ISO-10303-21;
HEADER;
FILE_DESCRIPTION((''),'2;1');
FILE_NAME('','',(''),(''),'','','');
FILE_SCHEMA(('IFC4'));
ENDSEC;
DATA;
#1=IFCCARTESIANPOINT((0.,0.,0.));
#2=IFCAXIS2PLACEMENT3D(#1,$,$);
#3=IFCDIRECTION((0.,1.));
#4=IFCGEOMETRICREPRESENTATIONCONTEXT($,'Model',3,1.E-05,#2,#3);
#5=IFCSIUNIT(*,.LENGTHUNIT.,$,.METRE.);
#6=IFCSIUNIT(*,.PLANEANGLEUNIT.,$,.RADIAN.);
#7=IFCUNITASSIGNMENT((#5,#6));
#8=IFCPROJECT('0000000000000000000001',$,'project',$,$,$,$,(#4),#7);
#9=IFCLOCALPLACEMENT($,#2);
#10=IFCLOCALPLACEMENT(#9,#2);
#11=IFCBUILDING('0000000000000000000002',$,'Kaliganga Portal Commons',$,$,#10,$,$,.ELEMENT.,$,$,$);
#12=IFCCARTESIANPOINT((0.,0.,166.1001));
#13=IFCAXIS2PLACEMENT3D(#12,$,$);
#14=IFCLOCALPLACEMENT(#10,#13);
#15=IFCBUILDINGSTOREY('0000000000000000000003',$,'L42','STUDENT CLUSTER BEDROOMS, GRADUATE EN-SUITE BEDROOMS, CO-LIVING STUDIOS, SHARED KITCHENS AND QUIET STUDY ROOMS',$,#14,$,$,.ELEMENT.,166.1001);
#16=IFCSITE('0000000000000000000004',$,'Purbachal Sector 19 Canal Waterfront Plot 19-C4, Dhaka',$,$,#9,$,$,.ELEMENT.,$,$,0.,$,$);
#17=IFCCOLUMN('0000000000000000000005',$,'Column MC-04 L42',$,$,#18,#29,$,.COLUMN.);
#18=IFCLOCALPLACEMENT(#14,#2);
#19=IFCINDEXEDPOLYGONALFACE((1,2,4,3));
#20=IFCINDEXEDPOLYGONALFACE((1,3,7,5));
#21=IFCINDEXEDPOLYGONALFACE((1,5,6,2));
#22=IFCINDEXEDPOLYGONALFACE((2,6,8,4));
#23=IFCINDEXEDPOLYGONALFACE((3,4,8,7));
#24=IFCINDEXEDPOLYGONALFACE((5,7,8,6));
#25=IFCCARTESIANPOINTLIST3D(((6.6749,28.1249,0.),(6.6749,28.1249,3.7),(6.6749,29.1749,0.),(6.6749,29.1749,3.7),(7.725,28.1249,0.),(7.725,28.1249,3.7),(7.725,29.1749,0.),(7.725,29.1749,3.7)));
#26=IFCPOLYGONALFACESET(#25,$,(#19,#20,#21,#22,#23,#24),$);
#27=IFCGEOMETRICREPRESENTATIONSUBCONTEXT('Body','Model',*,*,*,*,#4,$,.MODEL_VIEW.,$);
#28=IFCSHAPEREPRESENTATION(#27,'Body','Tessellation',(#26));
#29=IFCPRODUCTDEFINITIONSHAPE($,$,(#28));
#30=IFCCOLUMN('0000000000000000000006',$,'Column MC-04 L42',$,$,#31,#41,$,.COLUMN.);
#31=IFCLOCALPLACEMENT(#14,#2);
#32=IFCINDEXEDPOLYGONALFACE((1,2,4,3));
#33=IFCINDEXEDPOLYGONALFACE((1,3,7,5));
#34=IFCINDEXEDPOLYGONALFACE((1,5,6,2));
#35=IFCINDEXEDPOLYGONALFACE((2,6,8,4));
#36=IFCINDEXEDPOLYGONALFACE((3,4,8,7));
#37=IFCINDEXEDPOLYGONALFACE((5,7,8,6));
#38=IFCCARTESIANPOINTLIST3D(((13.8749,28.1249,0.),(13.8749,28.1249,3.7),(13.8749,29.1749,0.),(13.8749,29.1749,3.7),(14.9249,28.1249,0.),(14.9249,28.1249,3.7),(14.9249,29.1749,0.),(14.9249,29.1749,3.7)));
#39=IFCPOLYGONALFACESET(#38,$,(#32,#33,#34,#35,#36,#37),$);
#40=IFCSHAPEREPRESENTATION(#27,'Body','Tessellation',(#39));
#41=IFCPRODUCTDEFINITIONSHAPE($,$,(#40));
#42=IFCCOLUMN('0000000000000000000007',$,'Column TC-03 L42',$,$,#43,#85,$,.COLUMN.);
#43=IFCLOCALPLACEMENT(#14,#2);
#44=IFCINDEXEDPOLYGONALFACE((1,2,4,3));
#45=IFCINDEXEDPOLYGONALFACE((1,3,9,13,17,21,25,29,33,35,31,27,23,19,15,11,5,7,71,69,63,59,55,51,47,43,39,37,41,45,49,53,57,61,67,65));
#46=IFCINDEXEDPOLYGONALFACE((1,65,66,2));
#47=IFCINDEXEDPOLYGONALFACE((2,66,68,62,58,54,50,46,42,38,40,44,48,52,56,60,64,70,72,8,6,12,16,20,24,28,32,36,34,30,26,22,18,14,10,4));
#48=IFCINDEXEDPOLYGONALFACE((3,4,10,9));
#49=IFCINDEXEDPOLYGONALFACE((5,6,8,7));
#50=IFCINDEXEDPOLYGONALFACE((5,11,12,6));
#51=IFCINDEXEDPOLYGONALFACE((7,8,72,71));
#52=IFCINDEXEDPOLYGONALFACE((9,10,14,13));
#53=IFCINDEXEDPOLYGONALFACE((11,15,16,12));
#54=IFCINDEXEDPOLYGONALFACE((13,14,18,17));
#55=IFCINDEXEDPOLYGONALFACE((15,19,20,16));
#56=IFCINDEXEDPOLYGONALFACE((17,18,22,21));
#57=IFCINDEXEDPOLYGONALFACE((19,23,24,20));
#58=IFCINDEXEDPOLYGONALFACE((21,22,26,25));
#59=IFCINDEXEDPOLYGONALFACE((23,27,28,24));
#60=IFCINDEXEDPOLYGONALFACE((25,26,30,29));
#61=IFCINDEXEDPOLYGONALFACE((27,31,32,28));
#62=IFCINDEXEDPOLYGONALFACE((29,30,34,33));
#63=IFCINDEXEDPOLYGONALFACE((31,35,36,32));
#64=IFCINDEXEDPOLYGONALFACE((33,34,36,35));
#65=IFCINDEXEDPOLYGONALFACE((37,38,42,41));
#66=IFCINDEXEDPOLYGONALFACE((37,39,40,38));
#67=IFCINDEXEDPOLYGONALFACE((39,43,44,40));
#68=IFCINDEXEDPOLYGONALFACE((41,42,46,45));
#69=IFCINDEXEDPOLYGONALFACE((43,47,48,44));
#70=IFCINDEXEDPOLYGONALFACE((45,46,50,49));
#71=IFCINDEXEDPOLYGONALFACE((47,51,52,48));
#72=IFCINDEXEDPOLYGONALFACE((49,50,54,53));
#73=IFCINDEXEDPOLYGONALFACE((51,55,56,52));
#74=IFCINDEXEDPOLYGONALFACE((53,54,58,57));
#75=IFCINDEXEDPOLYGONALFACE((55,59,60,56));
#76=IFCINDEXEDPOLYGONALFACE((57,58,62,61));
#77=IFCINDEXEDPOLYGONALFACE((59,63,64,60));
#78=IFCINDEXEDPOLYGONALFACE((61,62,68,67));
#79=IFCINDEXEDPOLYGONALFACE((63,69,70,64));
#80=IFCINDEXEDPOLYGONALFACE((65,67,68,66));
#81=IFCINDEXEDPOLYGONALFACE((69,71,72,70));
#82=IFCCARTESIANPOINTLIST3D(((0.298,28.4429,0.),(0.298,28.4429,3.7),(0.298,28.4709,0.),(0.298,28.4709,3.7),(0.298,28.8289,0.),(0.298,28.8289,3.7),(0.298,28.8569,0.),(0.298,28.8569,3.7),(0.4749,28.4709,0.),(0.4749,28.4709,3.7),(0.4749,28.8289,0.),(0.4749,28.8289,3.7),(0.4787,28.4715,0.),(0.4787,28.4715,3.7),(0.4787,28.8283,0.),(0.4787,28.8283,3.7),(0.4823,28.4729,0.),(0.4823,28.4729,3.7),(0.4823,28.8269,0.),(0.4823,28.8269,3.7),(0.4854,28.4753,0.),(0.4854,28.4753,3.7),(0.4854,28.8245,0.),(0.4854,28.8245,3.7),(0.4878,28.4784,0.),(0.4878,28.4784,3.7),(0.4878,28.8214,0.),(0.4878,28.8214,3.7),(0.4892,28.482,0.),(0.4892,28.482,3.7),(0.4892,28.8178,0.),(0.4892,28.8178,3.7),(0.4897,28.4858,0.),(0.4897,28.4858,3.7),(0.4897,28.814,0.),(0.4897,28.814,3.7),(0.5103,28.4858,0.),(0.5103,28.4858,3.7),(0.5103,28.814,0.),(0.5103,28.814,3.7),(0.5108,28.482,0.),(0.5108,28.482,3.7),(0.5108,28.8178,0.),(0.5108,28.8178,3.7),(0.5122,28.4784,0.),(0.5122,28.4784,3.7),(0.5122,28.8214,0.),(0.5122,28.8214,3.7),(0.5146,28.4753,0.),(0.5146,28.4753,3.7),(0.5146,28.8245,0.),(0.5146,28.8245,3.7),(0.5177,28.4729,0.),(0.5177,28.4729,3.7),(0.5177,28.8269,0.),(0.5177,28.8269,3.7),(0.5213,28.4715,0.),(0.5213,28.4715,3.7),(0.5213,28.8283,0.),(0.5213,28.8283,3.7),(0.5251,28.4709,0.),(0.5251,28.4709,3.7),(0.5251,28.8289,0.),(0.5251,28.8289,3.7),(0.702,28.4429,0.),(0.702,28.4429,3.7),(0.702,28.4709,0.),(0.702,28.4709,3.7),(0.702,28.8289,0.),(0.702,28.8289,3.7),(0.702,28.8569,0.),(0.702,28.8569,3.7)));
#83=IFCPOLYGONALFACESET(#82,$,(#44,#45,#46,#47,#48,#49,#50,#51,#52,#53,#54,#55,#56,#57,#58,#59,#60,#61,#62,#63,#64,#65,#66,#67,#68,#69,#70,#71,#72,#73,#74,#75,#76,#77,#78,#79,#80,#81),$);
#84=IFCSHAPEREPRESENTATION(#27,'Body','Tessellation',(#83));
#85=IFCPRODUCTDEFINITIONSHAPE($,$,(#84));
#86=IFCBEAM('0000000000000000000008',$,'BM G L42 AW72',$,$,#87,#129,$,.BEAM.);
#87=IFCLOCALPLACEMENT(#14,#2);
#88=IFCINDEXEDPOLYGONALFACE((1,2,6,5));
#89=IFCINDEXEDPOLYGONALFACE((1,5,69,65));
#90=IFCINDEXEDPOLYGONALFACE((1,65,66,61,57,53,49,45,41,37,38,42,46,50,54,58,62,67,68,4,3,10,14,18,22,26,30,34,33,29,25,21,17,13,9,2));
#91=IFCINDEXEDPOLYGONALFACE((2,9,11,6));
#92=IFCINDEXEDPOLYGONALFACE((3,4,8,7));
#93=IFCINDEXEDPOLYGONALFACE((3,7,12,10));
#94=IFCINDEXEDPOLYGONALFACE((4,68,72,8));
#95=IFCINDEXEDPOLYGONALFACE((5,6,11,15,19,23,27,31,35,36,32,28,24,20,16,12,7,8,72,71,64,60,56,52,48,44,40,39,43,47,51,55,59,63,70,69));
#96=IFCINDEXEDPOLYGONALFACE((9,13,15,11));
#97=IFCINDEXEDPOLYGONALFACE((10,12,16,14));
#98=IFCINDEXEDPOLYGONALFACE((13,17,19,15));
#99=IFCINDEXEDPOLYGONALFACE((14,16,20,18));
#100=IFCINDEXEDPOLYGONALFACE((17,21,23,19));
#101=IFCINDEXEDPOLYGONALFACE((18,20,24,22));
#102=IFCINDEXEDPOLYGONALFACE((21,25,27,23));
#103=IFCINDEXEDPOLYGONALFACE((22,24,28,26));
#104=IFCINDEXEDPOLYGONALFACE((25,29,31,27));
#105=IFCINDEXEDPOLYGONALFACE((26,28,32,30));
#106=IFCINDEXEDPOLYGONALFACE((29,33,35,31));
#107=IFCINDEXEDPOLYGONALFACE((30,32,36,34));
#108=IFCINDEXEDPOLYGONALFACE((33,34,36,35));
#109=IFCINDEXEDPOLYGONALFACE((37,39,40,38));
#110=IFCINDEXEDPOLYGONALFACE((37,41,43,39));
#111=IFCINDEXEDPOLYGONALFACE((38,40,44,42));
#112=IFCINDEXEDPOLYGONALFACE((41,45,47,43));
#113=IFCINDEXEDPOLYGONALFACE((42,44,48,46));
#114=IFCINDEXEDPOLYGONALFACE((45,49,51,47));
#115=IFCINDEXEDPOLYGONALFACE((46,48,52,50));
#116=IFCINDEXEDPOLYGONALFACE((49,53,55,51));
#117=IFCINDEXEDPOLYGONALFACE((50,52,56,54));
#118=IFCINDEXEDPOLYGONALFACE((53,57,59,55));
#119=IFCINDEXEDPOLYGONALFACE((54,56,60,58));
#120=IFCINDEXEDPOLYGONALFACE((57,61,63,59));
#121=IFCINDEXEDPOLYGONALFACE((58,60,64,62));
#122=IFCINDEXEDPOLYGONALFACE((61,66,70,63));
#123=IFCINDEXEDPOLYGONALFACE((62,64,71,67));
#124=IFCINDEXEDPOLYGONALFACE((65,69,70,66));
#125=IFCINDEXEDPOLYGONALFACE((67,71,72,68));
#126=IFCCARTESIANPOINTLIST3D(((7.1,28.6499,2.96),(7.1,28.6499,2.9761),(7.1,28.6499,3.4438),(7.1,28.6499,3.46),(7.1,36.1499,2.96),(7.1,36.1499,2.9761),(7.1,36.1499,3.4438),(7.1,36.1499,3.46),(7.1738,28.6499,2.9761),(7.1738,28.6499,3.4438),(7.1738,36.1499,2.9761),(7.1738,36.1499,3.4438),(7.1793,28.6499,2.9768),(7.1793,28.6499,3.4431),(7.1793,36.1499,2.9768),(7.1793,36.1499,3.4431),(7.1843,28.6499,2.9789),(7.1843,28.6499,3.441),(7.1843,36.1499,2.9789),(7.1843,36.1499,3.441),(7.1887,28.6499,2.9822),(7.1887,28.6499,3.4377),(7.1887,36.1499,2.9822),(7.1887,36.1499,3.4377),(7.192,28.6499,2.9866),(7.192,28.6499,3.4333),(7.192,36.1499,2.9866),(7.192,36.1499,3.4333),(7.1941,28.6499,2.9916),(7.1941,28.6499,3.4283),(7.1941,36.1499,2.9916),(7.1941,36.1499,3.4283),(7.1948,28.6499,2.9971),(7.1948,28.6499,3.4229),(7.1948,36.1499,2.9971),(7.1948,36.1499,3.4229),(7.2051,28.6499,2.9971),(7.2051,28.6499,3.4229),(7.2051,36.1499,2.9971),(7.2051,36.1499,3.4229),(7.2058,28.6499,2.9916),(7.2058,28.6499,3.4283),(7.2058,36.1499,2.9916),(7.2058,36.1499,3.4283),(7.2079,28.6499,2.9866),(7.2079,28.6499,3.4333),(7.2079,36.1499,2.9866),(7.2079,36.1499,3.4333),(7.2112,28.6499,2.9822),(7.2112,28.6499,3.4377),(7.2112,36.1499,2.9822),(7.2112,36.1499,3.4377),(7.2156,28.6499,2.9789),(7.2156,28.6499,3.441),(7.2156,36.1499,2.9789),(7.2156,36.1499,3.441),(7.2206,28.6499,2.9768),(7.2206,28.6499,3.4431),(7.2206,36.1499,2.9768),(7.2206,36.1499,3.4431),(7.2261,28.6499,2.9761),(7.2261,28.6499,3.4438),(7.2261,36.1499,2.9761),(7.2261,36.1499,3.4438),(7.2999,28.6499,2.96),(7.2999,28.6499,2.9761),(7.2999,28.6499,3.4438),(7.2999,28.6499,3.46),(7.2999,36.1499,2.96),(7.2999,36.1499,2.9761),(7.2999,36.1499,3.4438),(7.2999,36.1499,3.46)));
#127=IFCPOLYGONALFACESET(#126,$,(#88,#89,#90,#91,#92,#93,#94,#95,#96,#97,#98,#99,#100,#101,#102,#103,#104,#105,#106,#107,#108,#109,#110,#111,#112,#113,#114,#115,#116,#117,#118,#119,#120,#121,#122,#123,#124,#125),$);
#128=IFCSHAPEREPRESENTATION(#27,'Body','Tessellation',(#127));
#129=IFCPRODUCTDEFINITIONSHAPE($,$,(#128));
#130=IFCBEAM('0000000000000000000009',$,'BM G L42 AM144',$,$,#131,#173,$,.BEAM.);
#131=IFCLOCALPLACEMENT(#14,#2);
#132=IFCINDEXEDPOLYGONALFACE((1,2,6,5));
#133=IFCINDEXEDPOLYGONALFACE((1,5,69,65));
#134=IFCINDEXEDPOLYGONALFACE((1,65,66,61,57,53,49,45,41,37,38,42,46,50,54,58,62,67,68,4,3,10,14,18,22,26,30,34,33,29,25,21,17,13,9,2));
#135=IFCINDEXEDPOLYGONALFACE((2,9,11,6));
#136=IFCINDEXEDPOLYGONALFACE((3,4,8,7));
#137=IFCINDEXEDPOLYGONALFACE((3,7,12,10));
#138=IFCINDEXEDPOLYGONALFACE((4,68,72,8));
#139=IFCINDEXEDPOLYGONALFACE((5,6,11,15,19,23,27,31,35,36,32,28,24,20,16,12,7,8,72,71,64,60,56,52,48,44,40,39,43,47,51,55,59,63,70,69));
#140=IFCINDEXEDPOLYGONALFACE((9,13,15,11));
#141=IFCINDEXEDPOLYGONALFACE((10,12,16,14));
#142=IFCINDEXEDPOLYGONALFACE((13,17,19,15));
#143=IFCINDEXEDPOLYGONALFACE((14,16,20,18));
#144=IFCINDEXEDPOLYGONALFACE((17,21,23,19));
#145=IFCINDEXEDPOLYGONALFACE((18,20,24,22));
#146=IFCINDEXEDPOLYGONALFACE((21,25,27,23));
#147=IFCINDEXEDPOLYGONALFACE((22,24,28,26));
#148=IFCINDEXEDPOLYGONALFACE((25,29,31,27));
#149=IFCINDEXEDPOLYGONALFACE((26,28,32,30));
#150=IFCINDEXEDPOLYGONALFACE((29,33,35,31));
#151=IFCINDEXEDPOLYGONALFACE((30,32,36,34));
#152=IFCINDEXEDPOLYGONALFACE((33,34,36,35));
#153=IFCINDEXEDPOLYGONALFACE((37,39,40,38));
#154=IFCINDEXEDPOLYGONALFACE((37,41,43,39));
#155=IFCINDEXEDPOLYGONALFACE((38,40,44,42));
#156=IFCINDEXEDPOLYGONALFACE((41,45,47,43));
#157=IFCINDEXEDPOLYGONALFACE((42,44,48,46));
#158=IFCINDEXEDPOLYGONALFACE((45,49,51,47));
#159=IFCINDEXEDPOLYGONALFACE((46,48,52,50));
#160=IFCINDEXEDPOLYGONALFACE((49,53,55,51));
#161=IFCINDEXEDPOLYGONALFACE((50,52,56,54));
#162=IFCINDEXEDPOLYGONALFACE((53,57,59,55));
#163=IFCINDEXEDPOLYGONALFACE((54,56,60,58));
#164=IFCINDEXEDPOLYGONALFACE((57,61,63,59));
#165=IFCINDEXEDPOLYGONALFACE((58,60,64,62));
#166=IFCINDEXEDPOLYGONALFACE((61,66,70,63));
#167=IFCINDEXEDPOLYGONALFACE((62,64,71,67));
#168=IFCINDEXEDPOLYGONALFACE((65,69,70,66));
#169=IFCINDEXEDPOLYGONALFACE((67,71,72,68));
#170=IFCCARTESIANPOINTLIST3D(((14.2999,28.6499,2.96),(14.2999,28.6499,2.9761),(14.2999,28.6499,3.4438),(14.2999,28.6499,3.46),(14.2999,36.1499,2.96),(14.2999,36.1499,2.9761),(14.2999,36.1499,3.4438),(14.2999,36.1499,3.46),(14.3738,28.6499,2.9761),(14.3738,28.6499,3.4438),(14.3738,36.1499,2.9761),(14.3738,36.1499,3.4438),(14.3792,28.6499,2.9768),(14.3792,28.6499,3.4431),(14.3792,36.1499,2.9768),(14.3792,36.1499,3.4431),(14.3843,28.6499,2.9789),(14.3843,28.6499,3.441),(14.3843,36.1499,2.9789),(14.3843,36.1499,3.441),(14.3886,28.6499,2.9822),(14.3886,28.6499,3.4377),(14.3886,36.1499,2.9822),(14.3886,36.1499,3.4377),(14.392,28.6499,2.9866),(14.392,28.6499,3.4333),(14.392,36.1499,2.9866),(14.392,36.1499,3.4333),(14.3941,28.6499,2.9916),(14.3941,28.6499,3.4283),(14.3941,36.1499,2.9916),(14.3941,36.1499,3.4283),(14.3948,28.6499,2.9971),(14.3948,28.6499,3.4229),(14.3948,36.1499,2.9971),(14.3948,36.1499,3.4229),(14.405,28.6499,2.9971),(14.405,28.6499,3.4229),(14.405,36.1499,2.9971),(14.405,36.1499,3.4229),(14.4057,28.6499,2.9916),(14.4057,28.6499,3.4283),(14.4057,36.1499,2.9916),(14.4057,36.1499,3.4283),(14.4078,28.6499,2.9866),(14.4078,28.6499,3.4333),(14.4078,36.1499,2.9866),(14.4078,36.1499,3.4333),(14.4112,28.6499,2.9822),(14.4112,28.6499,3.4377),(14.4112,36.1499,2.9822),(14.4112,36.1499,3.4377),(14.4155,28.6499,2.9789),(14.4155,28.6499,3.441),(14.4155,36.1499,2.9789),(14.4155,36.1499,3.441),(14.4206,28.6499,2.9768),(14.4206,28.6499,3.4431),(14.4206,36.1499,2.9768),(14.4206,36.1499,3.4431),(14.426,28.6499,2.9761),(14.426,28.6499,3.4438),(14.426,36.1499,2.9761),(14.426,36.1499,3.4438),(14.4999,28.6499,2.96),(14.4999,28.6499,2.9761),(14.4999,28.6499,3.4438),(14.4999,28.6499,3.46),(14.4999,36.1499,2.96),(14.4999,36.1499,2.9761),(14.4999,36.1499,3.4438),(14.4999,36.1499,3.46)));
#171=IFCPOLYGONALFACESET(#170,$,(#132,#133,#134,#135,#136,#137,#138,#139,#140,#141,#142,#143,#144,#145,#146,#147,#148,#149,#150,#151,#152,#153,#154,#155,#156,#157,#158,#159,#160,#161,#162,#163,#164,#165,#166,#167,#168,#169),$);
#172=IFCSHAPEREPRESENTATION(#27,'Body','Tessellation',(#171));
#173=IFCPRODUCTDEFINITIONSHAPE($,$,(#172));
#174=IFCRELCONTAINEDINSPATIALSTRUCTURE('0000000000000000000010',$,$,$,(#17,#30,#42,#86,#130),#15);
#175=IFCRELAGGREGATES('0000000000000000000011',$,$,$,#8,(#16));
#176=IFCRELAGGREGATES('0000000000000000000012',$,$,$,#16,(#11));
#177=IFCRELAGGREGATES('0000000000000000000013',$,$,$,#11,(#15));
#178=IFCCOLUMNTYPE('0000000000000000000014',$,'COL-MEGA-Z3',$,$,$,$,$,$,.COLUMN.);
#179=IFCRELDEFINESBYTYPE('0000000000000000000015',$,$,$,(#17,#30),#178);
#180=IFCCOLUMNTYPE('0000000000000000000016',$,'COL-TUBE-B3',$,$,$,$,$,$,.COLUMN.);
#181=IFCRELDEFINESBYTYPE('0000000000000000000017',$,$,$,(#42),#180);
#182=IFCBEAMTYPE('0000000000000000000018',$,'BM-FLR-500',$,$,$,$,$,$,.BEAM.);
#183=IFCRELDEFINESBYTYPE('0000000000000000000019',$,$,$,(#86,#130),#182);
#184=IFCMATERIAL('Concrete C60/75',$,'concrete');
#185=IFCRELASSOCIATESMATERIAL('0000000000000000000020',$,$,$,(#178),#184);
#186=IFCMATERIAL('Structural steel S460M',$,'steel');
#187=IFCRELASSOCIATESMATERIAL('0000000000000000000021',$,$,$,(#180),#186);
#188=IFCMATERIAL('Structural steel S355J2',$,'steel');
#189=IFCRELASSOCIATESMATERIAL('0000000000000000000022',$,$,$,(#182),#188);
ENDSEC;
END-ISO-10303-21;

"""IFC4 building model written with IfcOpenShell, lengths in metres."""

from ifc_helpers import new_model, si_unit, direction, frame, origin, origin_2d, place, context, subcontext, project, spatial, rectangle, i_section, extrude, source, transform, mapped, material, material_profile, profile_set, type_object, element, save


model = new_model("IFC4")

# Units and contexts
model_context = context("Model", 3, precision=1e-05, world=origin(), true_north=direction((0.0, 1.0)))
body_context = subcontext(model_context, "Body", "Model", "MODEL_VIEW")
ifc_project = project(units=[si_unit("LENGTHUNIT", "METRE"), si_unit("PLANEANGLEUNIT", "RADIAN")], contexts=[model_context])

# Site, building, storey
site_placement = place(None, origin())
site = spatial("IfcSite", under=ifc_project, at=site_placement, Name="Purbachal Sector 19 Canal Waterfront Plot 19-C4, Dhaka", CompositionType="ELEMENT", RefElevation=0.0)
building_placement = place(site_placement, origin())
building = spatial("IfcBuilding", under=site, at=building_placement, Name="Kaliganga Portal Commons", CompositionType="ELEMENT")
storey_placement = place(building_placement, frame((0.0, 0.0, 166.1001)))
storey = spatial("IfcBuildingStorey", under=building, at=storey_placement, Name="L42", Description="STUDENT CLUSTER BEDROOMS, GRADUATE EN-SUITE BEDROOMS, CO-LIVING STUDIOS, SHARED KITCHENS AND QUIET STUDY ROOMS", CompositionType="ELEMENT", Elevation=166.1001)

# Columns
ifc_material_1 = material(Name="Concrete C60/75", Category="concrete")
ifc_material_profile_1 = material_profile(ifc_material_1, rectangle(XDim=1.05, YDim=1.05, at=origin_2d()), Name="RC 1050x1050")
ifc_profile_set_1 = profile_set([ifc_material_profile_1], Name="Concrete C60/75")
column_type_1 = type_object("IfcColumnType", Name="COL-MEGA-Z3", PredefinedType="COLUMN", material=ifc_profile_set_1)
shared_shape_1 = source(origin(), body_context, "Body", "SweptSolid", [
    extrude(rectangle(XDim=1.05, YDim=1.05, at=origin_2d()), origin(), (0.0, 0.0, 1.0), 3.7),
])
for number, where, z_axis, x_axis, name in (
    (1, (7.2, 28.6499, 0.0), (0.0, 0.0, 1.0), (1.0, 0.0, 0.0), "Column MC-04 L42"),
    (2, (14.3999, 28.6499, 0.0), (0.0, 0.0, 1.0), (1.0, 0.0, 0.0), "Column MC-04 L42"),
):
    element("IfcColumn", number, at=place(storey_placement, frame(where, z_axis=z_axis, x_axis=x_axis)), inside=storey, type_object=column_type_1, Name=name, PredefinedType="COLUMN", context=body_context, shape_type="MappedRepresentation", body=[
        mapped(shared_shape_1, transform((0.0, 0.0, 0.0), x_axis=(1.0, 0.0, 0.0), y_axis=(0.0, 1.0, 0.0), z_axis=(0.0, 0.0, 1.0), scale=1.0)),
    ])
ifc_material_2 = material(Name="Structural steel S460M", Category="steel")
ifc_material_profile_2 = material_profile(ifc_material_2, i_section(OverallWidth=0.4041, OverallDepth=0.4141, WebThickness=0.0205, FlangeThickness=0.0281, FilletRadius=0.0149, at=origin_2d()), Name="HD 400x347")
ifc_profile_set_2 = profile_set([ifc_material_profile_2], Name="Structural steel S460M wide-flange")
column_type_2 = type_object("IfcColumnType", Name="COL-TUBE-B3", PredefinedType="COLUMN", material=ifc_profile_set_2)
shared_shape_2 = source(origin(), body_context, "Body", "SweptSolid", [
    extrude(i_section(OverallWidth=0.4041, OverallDepth=0.4141, WebThickness=0.0205, FlangeThickness=0.0281, FilletRadius=0.0149, at=origin_2d()), origin(), (0.0, 0.0, 1.0), 3.7),
])
column_placement = place(storey_placement, frame((0.5, 28.6499, 0.0), z_axis=(0.0, 0.0, 1.0), x_axis=(1.0, 0.0, 0.0)))
element("IfcColumn", 3, at=column_placement, inside=storey, type_object=column_type_2, Name="Column TC-03 L42", PredefinedType="COLUMN", context=body_context, shape_type="MappedRepresentation", body=[
    mapped(shared_shape_2, transform((0.0, 0.0, 0.0), x_axis=(1.0, 0.0, 0.0), y_axis=(0.0, 1.0, 0.0), z_axis=(0.0, 0.0, 1.0), scale=1.0)),
])

# Beams
ifc_material_3 = material(Name="Structural steel S355J2", Category="steel")
ifc_material_profile_3 = material_profile(ifc_material_3, i_section(OverallWidth=0.2, OverallDepth=0.5, WebThickness=0.0103, FlangeThickness=0.0161, FilletRadius=0.021, at=origin_2d()), Name="IPE 500")
ifc_profile_set_3 = profile_set([ifc_material_profile_3], Name="Structural steel S355J2 wide-flange")
beam_type_1 = type_object("IfcBeamType", Name="BM-FLR-500", PredefinedType="BEAM", material=ifc_profile_set_3)
shared_shape_3 = source(origin(), body_context, "Body", "SweptSolid", [
    extrude(i_section(OverallWidth=0.2, OverallDepth=0.5, WebThickness=0.0103, FlangeThickness=0.0161, FilletRadius=0.021, at=origin_2d()), origin(), (0.0, 0.0, 1.0), 7.5),
])
for number, where, z_axis, x_axis, name in (
    (4, (7.2, 28.6499, 3.21), (0.0, 1.0, 0.0), (-1.0, 0.0, 0.0), "BM G L42 AW72"),
    (5, (14.3999, 28.6499, 3.21), (0.0, 1.0, 0.0), (-1.0, 0.0, 0.0), "BM G L42 AM144"),
):
    element("IfcBeam", number, at=place(storey_placement, frame(where, z_axis=z_axis, x_axis=x_axis)), inside=storey, type_object=beam_type_1, Name=name, PredefinedType="BEAM", context=body_context, shape_type="MappedRepresentation", body=[
        mapped(shared_shape_3, transform((0.0, 0.0, 0.0), x_axis=(1.0, 0.0, 0.0), y_axis=(0.0, 1.0, 0.0), z_axis=(0.0, 0.0, 1.0), scale=1.0)),
    ])

save(model, "model.ifc")
